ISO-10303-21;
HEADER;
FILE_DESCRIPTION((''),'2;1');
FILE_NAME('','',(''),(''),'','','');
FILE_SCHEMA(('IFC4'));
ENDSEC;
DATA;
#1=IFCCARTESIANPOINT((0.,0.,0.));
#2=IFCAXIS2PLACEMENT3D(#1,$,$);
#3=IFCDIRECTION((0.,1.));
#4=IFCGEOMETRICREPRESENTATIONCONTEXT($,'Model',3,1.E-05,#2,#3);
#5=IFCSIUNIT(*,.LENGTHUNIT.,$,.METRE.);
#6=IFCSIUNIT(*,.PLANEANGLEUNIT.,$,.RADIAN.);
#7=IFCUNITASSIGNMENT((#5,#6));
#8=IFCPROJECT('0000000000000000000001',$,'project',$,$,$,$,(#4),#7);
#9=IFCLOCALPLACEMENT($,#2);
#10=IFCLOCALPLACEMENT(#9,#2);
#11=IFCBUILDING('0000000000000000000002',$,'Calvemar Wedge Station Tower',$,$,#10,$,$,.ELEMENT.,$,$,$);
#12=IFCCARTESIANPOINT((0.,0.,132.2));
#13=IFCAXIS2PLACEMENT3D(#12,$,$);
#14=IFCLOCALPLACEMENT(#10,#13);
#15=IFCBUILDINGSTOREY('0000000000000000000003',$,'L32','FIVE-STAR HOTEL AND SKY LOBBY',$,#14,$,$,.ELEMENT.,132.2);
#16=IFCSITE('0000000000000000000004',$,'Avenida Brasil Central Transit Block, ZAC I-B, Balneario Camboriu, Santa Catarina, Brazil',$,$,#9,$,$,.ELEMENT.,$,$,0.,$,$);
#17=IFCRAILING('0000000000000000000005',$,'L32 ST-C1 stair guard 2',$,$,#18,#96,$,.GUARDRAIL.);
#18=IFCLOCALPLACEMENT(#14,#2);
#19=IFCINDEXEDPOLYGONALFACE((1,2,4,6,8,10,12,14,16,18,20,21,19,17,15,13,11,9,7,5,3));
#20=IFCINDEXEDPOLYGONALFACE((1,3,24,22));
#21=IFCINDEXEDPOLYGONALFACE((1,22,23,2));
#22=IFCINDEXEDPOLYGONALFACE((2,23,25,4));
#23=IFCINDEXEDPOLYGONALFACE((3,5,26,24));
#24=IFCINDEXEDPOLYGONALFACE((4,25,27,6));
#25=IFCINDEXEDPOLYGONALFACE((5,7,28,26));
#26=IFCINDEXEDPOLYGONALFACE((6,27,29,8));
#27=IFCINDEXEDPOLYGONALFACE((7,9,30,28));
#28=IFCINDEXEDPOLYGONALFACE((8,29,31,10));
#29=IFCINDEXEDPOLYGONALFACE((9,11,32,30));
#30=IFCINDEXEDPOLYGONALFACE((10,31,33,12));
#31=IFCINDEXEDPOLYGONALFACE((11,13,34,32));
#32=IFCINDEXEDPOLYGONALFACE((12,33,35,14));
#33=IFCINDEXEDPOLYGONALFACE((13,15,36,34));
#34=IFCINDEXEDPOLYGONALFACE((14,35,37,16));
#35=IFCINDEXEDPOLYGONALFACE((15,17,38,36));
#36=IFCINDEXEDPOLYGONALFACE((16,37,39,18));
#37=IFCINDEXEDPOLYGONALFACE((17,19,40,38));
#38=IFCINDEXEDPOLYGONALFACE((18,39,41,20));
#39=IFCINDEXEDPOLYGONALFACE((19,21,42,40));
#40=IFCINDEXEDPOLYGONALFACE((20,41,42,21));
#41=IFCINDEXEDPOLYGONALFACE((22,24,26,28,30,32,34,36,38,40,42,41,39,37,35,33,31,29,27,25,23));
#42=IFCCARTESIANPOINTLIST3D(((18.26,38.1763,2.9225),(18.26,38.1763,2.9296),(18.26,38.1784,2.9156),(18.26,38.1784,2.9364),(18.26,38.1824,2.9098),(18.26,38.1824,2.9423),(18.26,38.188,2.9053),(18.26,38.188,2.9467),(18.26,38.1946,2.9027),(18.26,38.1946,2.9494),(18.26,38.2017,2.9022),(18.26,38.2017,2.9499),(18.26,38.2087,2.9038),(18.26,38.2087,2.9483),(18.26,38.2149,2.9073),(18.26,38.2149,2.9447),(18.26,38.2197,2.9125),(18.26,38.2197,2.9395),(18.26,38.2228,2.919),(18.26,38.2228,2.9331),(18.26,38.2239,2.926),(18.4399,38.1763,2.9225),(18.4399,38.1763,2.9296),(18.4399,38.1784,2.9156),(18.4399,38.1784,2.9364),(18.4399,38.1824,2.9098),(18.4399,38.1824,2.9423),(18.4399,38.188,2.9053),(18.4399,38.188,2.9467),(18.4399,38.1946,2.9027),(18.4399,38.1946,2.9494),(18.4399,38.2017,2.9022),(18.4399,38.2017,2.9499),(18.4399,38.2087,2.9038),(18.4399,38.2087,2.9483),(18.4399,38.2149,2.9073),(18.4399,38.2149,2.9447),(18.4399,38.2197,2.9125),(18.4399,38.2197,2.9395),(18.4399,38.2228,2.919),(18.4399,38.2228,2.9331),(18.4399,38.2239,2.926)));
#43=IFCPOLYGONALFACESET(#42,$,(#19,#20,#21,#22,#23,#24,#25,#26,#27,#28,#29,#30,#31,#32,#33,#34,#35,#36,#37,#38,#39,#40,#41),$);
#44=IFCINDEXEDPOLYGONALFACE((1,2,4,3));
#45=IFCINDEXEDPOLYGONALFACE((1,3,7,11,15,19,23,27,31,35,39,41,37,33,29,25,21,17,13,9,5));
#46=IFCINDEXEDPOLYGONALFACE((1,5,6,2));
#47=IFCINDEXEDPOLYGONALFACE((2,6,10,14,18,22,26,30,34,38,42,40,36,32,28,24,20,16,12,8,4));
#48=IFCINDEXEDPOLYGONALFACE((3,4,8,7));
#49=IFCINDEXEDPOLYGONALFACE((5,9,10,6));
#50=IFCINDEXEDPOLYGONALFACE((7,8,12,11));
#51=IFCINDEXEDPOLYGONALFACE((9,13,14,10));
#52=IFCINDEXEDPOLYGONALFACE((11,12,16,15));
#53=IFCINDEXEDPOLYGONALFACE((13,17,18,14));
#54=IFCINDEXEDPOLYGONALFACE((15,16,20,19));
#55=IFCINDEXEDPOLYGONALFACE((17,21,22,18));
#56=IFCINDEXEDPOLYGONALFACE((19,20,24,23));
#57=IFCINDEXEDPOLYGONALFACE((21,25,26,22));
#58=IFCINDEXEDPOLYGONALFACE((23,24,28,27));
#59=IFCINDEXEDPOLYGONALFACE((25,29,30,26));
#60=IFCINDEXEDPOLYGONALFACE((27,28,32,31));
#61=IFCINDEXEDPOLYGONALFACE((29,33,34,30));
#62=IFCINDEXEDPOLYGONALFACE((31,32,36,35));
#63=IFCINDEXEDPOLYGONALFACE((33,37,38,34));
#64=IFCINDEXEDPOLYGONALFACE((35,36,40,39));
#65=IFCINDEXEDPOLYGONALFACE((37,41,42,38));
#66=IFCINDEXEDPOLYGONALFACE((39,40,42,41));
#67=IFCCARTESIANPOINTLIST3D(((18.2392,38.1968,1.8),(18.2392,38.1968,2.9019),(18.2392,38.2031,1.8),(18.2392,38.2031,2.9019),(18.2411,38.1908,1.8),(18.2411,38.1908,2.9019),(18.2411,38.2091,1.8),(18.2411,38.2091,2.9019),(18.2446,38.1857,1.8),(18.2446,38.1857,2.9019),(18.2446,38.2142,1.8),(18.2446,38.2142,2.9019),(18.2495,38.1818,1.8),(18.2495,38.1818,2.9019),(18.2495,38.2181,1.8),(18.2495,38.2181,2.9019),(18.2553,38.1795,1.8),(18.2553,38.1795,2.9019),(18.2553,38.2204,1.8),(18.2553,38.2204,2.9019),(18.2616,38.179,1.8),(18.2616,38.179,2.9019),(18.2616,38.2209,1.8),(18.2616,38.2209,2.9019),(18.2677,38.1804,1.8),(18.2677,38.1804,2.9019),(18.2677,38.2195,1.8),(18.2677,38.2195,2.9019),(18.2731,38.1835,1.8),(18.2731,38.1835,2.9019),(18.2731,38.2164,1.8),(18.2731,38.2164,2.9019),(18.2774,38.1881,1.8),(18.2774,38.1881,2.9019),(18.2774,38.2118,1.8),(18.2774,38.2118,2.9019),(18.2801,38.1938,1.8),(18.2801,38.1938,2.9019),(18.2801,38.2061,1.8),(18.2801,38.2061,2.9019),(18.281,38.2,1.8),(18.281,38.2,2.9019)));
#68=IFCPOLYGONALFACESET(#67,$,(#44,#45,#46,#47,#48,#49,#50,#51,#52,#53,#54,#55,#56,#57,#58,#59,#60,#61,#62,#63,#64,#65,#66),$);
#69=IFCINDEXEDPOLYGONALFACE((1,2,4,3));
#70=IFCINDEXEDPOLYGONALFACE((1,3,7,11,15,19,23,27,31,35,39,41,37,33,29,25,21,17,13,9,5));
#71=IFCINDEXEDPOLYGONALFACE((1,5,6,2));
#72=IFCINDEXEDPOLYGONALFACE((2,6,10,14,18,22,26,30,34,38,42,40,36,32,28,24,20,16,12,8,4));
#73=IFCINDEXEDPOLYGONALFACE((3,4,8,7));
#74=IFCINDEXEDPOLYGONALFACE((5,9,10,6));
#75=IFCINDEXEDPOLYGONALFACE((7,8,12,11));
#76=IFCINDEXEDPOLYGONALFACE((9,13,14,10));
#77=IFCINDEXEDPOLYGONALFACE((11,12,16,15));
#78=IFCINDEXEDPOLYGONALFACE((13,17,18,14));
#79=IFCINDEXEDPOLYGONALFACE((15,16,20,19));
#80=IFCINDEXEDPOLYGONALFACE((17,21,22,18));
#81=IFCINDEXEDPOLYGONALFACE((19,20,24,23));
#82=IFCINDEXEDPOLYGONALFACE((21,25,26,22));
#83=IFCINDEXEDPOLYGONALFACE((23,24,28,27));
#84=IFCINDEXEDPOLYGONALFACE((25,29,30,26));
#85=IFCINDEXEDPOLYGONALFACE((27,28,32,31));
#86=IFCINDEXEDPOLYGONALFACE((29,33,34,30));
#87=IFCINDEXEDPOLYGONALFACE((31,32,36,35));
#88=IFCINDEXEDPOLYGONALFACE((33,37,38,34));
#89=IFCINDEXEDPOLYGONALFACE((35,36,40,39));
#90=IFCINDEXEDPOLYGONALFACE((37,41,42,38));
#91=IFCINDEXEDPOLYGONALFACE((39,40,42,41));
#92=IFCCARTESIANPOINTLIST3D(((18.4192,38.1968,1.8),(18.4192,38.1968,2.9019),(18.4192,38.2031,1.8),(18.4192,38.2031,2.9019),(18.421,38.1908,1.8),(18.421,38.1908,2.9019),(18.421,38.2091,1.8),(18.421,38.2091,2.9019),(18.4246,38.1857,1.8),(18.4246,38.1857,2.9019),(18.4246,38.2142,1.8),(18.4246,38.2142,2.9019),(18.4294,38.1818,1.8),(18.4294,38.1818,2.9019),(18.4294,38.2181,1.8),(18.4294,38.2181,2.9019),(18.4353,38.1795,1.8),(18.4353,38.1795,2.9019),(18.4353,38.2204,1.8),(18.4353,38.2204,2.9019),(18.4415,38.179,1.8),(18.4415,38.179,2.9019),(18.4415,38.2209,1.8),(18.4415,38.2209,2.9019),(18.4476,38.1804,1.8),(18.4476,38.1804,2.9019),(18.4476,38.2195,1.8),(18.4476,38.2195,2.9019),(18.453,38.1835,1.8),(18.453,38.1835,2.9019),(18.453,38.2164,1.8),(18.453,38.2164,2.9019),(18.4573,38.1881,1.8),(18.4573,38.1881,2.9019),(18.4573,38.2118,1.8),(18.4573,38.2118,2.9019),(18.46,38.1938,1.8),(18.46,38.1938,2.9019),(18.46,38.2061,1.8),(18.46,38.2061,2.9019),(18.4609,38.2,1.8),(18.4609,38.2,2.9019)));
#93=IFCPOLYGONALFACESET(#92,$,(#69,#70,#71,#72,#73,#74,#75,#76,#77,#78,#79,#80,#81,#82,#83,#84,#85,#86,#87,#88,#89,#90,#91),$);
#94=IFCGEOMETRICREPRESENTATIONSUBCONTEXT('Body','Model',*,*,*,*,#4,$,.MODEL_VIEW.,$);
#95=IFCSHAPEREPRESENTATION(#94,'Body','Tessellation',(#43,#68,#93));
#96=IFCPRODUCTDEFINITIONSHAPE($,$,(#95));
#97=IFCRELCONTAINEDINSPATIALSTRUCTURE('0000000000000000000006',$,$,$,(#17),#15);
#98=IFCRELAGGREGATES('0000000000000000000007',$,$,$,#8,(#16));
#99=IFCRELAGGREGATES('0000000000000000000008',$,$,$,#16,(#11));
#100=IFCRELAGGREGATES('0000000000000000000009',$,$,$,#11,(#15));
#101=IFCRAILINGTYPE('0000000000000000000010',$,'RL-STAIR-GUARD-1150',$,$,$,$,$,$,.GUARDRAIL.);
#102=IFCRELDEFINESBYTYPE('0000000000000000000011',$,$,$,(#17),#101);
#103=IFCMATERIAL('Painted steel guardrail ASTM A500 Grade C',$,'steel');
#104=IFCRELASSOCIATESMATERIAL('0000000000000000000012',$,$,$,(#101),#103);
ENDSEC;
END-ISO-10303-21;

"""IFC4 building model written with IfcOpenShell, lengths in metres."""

from ifc_helpers import new_model, si_unit, direction, frame, origin, origin_2d, place, context, subcontext, project, spatial, circle, extrude, material, type_object, element, save


model = new_model("IFC4")

# Units and contexts
model_context = context("Model", 3, precision=1e-05, world=origin(), true_north=direction((0.0, 1.0)))
body_context = subcontext(model_context, "Body", "Model", "MODEL_VIEW")
ifc_project = project(units=[si_unit("LENGTHUNIT", "METRE"), si_unit("PLANEANGLEUNIT", "RADIAN")], contexts=[model_context])

# Site, building, storey
site_placement = place(None, origin())
site = spatial("IfcSite", under=ifc_project, at=site_placement, Name="Avenida Brasil Central Transit Block, ZAC I-B, Balneario Camboriu, Santa Catarina, Brazil", CompositionType="ELEMENT", RefElevation=0.0)
building_placement = place(site_placement, origin())
building = spatial("IfcBuilding", under=site, at=building_placement, Name="Calvemar Wedge Station Tower", CompositionType="ELEMENT")
storey_placement = place(building_placement, frame((0.0, 0.0, 132.2)))
storey = spatial("IfcBuildingStorey", under=building, at=storey_placement, Name="L32", Description="FIVE-STAR HOTEL AND SKY LOBBY", CompositionType="ELEMENT", Elevation=132.2)

# Railing
ifc_material_1 = material(Name="Painted steel guardrail ASTM A500 Grade C", Category="steel")
railing_type_1 = type_object("IfcRailingType", Name="RL-STAIR-GUARD-1150", PredefinedType="GUARDRAIL", material=ifc_material_1)
railing_1_placement = place(storey_placement, frame((18.26, 38.2, 1.8)))
element("IfcRailing", 1, at=railing_1_placement, inside=storey, type_object=railing_type_1, Name="L32 ST-C1 stair guard 2", PredefinedType="GUARDRAIL", context=body_context, shape_type="SweptSolid", body=[
    extrude(circle(Radius=0.0239, at=origin_2d()), frame((0.0, 0.0, 1.126), z_axis=(1.0, 0.0, 0.0), x_axis=(0.0, 1.0, 0.0)), (0.0, 0.0, 1.0), 0.1799),
    extrude(circle(Radius=0.021, at=origin_2d()), origin(), (0.0, 0.0, 1.0), 1.1018),
    extrude(circle(Radius=0.021, at=origin_2d()), frame((0.1799, 0.0, 0.0)), (0.0, 0.0, 1.0), 1.1018),
])

save(model, "model.ifc")
